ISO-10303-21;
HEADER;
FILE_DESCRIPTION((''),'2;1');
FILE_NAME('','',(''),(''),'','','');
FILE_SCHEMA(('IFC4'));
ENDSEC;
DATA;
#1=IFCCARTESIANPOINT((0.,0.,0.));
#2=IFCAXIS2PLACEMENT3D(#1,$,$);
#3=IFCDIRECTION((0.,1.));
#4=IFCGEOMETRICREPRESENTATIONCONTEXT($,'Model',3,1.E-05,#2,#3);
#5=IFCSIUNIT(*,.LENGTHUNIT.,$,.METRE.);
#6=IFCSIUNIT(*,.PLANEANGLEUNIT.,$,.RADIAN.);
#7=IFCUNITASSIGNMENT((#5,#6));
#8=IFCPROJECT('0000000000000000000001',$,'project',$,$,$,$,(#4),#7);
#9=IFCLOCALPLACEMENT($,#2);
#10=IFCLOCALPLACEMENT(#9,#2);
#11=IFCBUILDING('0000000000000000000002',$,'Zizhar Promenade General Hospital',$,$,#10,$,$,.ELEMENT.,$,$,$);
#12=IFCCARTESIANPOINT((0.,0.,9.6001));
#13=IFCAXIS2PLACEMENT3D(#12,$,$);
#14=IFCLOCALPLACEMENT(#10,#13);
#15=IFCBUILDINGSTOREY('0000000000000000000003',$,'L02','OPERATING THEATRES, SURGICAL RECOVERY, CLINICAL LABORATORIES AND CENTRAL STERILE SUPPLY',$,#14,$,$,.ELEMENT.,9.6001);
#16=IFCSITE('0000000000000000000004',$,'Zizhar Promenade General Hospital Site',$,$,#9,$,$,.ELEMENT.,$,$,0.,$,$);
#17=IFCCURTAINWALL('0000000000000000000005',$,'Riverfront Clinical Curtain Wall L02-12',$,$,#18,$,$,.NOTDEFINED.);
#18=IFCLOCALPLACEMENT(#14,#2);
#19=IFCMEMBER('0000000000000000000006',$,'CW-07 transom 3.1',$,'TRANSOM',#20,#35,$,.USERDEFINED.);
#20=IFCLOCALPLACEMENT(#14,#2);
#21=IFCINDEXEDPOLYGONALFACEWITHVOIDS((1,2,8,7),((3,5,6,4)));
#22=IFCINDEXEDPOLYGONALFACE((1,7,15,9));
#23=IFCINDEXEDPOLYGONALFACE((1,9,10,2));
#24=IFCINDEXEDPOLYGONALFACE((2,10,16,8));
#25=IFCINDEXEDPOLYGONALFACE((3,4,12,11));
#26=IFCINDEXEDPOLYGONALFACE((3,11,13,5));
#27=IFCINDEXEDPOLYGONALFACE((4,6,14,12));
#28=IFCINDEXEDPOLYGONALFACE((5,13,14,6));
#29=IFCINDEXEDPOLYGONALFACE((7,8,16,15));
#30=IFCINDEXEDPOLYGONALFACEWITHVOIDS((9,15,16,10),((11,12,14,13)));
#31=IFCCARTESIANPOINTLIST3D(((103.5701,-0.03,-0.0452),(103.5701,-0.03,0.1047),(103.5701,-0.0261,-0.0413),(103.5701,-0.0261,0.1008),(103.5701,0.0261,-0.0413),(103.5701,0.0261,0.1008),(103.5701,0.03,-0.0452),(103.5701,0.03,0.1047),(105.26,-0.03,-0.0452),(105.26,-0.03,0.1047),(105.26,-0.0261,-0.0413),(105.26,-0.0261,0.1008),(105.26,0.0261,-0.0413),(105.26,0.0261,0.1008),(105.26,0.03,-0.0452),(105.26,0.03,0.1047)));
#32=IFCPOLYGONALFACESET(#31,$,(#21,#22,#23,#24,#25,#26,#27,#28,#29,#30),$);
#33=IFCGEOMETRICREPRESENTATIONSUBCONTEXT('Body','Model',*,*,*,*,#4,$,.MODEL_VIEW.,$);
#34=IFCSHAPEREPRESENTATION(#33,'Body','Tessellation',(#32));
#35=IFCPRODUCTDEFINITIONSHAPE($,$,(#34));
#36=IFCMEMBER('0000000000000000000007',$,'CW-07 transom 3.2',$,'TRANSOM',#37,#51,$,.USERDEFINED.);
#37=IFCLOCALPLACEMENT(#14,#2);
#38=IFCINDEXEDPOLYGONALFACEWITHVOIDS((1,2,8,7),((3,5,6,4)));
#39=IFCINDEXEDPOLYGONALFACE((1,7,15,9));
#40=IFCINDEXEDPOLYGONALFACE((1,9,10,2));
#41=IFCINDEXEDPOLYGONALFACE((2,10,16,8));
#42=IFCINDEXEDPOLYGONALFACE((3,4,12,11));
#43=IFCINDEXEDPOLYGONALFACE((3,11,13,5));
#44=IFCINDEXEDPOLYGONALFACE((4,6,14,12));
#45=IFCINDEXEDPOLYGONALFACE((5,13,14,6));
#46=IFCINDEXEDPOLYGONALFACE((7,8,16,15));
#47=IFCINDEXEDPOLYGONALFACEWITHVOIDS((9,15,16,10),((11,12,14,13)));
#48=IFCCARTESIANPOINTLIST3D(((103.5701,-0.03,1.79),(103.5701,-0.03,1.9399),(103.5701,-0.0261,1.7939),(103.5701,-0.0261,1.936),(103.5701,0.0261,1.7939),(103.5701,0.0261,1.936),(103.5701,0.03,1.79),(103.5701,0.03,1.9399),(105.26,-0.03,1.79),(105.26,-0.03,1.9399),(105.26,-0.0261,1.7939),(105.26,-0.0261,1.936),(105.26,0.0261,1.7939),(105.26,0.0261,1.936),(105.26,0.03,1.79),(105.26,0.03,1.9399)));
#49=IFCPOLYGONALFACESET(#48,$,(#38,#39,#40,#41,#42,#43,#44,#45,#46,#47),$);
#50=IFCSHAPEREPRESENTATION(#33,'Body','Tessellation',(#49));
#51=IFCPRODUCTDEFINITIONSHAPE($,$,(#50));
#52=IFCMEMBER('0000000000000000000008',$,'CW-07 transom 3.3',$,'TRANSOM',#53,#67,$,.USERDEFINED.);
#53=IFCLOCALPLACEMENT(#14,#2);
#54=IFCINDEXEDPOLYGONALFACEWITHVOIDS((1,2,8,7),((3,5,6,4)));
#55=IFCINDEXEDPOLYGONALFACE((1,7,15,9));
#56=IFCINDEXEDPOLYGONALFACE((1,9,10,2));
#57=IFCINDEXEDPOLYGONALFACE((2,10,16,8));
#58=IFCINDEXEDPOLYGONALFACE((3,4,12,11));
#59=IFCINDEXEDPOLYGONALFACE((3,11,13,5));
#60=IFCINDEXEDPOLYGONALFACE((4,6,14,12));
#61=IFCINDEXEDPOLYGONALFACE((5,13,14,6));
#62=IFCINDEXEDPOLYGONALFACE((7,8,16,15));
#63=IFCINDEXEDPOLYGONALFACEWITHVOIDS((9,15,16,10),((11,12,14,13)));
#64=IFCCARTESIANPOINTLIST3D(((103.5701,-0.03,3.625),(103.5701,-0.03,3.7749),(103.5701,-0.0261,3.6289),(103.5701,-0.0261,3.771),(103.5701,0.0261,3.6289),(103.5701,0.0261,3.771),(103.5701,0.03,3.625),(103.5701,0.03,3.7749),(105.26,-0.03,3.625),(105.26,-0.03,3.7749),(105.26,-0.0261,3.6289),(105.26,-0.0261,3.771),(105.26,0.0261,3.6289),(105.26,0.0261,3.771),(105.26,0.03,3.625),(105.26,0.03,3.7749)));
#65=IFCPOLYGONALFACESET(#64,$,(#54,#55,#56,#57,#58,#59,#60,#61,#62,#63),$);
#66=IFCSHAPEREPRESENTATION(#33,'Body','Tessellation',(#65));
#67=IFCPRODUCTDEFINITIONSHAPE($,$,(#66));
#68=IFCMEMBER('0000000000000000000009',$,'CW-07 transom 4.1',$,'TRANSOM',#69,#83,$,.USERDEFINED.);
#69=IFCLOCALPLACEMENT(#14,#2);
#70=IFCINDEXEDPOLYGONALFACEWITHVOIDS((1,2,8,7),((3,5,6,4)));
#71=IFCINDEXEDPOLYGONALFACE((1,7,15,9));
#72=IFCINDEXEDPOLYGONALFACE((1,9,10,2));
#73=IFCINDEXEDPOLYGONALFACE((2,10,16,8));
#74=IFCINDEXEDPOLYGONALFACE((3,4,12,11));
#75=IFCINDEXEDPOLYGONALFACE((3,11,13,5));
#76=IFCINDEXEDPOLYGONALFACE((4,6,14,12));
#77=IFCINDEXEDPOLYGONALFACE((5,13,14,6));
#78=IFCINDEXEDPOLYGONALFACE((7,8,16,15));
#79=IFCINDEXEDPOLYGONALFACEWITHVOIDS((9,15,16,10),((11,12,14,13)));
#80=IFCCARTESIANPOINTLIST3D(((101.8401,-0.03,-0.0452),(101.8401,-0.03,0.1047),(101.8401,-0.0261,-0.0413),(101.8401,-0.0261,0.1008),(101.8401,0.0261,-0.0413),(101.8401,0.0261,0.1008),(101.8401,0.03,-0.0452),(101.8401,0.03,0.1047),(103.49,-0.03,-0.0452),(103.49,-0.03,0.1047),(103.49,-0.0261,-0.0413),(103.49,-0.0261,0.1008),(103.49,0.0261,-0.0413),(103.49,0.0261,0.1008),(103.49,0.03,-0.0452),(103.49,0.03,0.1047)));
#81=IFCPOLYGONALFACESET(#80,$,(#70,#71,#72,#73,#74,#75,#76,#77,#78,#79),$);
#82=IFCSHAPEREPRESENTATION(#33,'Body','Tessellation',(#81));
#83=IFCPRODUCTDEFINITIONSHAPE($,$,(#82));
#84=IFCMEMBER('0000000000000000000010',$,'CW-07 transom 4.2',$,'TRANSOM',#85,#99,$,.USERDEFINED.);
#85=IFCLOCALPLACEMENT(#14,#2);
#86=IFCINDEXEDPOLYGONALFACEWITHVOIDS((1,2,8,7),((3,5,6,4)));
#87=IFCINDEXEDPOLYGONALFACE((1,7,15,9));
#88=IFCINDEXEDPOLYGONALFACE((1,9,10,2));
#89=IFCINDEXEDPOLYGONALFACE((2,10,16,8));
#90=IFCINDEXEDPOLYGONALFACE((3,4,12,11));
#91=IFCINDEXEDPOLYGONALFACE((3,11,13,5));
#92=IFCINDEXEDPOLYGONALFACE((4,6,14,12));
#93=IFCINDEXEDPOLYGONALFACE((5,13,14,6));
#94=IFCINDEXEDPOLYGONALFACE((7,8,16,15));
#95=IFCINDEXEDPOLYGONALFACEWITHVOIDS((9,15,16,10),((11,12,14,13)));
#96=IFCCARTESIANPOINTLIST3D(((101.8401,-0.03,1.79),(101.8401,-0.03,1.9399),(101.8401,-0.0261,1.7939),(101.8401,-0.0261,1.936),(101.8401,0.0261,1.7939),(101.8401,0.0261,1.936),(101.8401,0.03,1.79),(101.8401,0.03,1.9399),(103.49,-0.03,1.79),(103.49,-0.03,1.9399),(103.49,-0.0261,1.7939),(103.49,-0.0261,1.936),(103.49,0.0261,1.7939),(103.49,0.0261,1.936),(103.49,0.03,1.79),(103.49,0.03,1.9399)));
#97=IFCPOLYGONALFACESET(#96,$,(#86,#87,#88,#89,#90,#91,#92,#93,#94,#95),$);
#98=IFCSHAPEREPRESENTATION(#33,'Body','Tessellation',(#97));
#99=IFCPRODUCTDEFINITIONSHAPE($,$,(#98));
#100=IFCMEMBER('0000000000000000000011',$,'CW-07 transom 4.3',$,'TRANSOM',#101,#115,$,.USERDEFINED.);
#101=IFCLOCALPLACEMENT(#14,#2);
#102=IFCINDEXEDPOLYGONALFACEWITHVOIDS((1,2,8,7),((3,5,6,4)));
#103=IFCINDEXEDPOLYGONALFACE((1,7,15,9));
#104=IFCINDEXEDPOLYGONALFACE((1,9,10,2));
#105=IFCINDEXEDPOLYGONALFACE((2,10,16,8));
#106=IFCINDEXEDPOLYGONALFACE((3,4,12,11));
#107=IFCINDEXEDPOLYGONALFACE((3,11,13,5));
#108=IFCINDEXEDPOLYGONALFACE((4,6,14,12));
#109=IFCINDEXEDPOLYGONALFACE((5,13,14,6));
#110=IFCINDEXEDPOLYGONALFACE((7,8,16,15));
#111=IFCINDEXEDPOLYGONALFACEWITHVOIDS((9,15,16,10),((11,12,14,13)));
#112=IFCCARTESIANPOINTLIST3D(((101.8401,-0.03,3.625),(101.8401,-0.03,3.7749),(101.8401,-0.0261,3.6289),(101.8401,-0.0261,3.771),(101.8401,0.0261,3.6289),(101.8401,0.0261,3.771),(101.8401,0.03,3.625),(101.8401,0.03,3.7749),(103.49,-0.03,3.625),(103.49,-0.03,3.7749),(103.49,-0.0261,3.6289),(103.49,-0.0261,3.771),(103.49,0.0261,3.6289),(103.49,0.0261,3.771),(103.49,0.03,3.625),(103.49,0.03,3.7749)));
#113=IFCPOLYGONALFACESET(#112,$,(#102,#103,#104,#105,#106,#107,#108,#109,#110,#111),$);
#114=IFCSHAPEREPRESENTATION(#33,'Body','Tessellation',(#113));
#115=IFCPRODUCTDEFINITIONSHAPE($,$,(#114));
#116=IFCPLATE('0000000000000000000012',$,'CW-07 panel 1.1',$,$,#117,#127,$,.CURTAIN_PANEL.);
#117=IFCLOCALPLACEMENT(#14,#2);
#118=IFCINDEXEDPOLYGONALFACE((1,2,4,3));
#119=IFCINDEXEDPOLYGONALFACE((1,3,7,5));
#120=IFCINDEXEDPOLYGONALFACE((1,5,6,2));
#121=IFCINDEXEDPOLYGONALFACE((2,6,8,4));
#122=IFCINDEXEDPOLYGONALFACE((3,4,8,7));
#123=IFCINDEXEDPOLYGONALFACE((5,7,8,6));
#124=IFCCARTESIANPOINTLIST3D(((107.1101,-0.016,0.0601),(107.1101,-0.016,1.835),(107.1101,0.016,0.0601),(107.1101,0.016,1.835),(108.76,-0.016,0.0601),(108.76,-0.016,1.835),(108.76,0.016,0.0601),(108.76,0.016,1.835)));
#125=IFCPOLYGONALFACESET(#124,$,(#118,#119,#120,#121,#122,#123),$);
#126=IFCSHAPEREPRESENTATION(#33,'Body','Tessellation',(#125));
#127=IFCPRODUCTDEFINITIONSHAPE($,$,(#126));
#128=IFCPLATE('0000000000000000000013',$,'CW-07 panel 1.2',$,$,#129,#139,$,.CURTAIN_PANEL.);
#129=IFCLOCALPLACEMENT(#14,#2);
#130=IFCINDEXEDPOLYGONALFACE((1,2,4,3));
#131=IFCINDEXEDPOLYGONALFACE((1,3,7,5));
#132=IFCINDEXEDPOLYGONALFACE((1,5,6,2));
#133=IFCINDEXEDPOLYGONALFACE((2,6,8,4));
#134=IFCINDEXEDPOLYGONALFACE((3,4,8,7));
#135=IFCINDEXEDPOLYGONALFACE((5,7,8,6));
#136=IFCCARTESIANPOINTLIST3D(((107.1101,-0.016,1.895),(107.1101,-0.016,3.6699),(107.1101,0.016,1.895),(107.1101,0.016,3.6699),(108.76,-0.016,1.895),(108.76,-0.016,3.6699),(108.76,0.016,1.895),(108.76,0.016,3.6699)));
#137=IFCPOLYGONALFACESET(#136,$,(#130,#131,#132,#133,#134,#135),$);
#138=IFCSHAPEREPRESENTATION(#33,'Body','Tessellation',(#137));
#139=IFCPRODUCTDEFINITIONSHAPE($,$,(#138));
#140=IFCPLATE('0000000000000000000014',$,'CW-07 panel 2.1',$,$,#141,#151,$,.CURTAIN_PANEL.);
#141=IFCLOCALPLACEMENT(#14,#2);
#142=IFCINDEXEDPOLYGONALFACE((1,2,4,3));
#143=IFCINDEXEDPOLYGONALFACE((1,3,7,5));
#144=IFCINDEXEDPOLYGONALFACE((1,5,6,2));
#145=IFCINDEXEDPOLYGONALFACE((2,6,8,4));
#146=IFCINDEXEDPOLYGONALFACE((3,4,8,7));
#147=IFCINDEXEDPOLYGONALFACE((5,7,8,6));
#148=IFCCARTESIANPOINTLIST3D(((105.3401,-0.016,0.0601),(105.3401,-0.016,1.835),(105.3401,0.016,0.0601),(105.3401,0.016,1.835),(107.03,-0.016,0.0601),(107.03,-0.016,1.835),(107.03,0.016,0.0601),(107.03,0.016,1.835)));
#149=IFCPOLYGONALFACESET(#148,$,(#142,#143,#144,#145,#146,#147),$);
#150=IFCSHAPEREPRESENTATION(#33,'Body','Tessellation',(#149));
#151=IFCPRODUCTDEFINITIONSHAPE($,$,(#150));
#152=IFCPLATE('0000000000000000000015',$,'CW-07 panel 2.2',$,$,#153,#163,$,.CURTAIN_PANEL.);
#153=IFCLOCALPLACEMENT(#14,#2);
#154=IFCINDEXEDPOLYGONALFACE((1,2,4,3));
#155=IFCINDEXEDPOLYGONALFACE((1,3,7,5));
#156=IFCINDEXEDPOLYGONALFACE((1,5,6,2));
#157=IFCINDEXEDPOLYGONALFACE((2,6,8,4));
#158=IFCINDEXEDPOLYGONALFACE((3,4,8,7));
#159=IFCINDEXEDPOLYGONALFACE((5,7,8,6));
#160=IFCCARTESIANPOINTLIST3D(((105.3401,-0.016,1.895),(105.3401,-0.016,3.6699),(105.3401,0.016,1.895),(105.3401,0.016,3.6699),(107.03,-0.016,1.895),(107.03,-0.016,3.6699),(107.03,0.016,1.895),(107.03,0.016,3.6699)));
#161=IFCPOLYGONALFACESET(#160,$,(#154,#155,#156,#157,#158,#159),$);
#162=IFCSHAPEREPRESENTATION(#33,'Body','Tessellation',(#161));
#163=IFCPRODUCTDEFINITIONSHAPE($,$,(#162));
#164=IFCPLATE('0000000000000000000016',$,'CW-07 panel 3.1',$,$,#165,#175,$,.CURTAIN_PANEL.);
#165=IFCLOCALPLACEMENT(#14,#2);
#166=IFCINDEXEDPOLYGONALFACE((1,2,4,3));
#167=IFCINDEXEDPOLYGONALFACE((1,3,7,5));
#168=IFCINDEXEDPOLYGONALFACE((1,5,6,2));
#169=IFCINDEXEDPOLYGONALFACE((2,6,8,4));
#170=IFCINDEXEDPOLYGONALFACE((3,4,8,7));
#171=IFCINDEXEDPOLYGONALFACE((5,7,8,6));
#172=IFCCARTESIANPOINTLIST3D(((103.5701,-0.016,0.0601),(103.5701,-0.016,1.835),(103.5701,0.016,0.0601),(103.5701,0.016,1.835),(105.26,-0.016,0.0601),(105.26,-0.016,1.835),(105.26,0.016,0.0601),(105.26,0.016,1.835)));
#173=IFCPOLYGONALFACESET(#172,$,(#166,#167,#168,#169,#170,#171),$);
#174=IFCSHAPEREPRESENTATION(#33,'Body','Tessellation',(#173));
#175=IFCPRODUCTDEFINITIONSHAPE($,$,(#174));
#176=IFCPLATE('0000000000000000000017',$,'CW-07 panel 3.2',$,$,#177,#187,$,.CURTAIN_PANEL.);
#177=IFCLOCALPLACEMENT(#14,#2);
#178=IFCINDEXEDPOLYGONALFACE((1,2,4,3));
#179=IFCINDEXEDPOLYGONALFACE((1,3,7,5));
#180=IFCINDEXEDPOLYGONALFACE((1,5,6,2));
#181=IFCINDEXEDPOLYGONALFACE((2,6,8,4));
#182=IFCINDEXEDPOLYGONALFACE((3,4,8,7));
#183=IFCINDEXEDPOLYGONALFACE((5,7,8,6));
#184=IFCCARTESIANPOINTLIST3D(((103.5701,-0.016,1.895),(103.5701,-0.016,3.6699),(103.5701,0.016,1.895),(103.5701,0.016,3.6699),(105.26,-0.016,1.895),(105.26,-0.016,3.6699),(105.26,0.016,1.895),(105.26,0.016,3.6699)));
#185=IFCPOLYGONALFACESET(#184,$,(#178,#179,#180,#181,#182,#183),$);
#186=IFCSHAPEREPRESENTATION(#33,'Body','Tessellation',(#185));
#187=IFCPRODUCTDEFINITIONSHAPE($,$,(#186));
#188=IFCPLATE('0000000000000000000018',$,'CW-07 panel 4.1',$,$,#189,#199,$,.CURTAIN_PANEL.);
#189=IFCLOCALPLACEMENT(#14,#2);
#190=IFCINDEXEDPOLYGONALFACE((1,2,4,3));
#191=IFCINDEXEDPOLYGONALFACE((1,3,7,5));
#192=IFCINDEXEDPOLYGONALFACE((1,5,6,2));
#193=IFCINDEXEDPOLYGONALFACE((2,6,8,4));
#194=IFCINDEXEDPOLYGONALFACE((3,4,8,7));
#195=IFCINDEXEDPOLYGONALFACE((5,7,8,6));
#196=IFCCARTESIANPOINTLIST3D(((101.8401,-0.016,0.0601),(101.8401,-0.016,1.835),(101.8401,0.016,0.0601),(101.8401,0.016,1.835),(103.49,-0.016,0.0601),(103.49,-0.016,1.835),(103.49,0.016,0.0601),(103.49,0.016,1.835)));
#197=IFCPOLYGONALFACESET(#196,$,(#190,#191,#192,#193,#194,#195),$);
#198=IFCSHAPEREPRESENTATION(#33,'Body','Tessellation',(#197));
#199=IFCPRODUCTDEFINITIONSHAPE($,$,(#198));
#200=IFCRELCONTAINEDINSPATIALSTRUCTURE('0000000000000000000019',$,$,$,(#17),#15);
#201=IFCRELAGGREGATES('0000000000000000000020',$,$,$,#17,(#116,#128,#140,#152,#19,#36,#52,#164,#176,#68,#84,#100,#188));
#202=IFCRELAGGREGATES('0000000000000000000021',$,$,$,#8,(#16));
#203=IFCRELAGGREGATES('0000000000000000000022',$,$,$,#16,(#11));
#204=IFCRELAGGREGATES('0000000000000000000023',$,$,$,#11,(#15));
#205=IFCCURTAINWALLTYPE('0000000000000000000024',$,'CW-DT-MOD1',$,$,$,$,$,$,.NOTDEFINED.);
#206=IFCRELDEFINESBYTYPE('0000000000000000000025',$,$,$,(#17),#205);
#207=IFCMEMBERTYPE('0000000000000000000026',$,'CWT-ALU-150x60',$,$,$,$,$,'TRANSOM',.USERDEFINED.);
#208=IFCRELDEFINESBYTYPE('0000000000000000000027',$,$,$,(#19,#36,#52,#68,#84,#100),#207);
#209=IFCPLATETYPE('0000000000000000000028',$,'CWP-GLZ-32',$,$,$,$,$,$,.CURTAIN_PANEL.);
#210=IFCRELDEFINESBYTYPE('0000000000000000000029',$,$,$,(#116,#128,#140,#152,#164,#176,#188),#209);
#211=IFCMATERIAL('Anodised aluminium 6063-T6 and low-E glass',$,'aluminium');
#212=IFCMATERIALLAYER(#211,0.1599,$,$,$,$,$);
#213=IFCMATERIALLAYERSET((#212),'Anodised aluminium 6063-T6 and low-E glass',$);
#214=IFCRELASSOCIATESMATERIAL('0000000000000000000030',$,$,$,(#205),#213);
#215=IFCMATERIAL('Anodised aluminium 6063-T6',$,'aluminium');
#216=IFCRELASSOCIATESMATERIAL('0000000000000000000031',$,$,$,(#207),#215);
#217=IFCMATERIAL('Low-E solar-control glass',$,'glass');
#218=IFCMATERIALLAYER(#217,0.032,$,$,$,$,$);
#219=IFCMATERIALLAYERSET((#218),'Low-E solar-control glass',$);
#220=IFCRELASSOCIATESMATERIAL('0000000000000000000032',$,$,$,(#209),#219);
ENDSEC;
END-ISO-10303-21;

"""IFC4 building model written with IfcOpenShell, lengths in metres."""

from ifc_helpers import new_model, si_unit, direction, frame, origin, origin_2d, place, context, subcontext, project, spatial, rectangle, hollow_rectangle, extrude, material, layer, layer_set, material_profile, profile_set, type_object, element, aggregate, save


model = new_model("IFC4")

# Units and contexts
model_context = context("Model", 3, precision=1e-05, world=origin(), true_north=direction((0.0, 1.0)))
body_context = subcontext(model_context, "Body", "Model", "MODEL_VIEW")
ifc_project = project(units=[si_unit("LENGTHUNIT", "METRE"), si_unit("PLANEANGLEUNIT", "RADIAN")], contexts=[model_context])

# Site, building, storey
site_placement = place(None, origin())
site = spatial("IfcSite", under=ifc_project, at=site_placement, Name="Zizhar Promenade General Hospital Site", CompositionType="ELEMENT", RefElevation=0.0)
building_placement = place(site_placement, origin())
building = spatial("IfcBuilding", under=site, at=building_placement, Name="Zizhar Promenade General Hospital", CompositionType="ELEMENT")
storey_placement = place(building_placement, frame((0.0, 0.0, 9.6001)))
storey = spatial("IfcBuildingStorey", under=building, at=storey_placement, Name="L02", Description="OPERATING THEATRES, SURGICAL RECOVERY, CLINICAL LABORATORIES AND CENTRAL STERILE SUPPLY", CompositionType="ELEMENT", Elevation=9.6001)

# Curtain wall, members, plates
ifc_material_1 = material(Name="Anodised aluminium 6063-T6 and low-E glass", Category="aluminium")
ifc_layer_1 = layer(ifc_material_1, 0.1599)
ifc_layer_set_1 = layer_set([ifc_layer_1], Name="Anodised aluminium 6063-T6 and low-E glass")
curtain_wall_type = type_object("IfcCurtainWallType", Name="CW-DT-MOD1", PredefinedType="NOTDEFINED", material=ifc_layer_set_1)
curtain_wall_placement = place(storey_placement, origin())
curtain_wall = element("IfcCurtainWall", 1, at=curtain_wall_placement, inside=storey, type_object=curtain_wall_type, Name="Riverfront Clinical Curtain Wall L02-12", PredefinedType="NOTDEFINED")
ifc_material_2 = material(Name="Anodised aluminium 6063-T6", Category="aluminium")
ifc_material_profile_1 = material_profile(ifc_material_2, hollow_rectangle(XDim=0.0601, YDim=0.1499, WallThickness=0.0039, at=origin_2d()))
ifc_profile_set_1 = profile_set([ifc_material_profile_1], Name="Anodised aluminium 6063-T6")
member_type_1 = type_object("IfcMemberType", Name="CWT-ALU-150x60", ElementType="TRANSOM", PredefinedType="USERDEFINED", material=ifc_profile_set_1)
member_1_placement = place(storey_placement, frame((105.26, 0.0, 0.0298), z_axis=(-1.0, 0.0, 0.0), x_axis=(0.0, -1.0, 0.0)))
member_1 = element("IfcMember", 2, at=member_1_placement, type_object=member_type_1, Name="CW-07 transom 3.1", ObjectType="TRANSOM", PredefinedType="USERDEFINED", context=body_context, shape_type="SweptSolid", body=[
    extrude(hollow_rectangle(XDim=0.0601, YDim=0.1499, WallThickness=0.0039, at=origin_2d()), origin(), (0.0, 0.0, 1.0), 1.6899),
])
member_2_placement = place(storey_placement, frame((105.26, 0.0, 1.865), z_axis=(-1.0, 0.0, 0.0), x_axis=(0.0, -1.0, 0.0)))
member_2 = element("IfcMember", 3, at=member_2_placement, type_object=member_type_1, Name="CW-07 transom 3.2", ObjectType="TRANSOM", PredefinedType="USERDEFINED", context=body_context, shape_type="SweptSolid", body=[
    extrude(hollow_rectangle(XDim=0.0601, YDim=0.1499, WallThickness=0.0039, at=origin_2d()), origin(), (0.0, 0.0, 1.0), 1.6899),
])
member_3_placement = place(storey_placement, frame((105.26, 0.0, 3.7), z_axis=(-1.0, 0.0, 0.0), x_axis=(0.0, -1.0, 0.0)))
member_3 = element("IfcMember", 4, at=member_3_placement, type_object=member_type_1, Name="CW-07 transom 3.3", ObjectType="TRANSOM", PredefinedType="USERDEFINED", context=body_context, shape_type="SweptSolid", body=[
    extrude(hollow_rectangle(XDim=0.0601, YDim=0.1499, WallThickness=0.0039, at=origin_2d()), origin(), (0.0, 0.0, 1.0), 1.6899),
])
member_4_placement = place(storey_placement, frame((103.49, 0.0, 0.0298), z_axis=(-1.0, 0.0, 0.0), x_axis=(0.0, -1.0, 0.0)))
member_4 = element("IfcMember", 5, at=member_4_placement, type_object=member_type_1, Name="CW-07 transom 4.1", ObjectType="TRANSOM", PredefinedType="USERDEFINED", context=body_context, shape_type="SweptSolid", body=[
    extrude(hollow_rectangle(XDim=0.0601, YDim=0.1499, WallThickness=0.0039, at=origin_2d()), origin(), (0.0, 0.0, 1.0), 1.6499),
])
member_5_placement = place(storey_placement, frame((103.49, 0.0, 1.865), z_axis=(-1.0, 0.0, 0.0), x_axis=(0.0, -1.0, 0.0)))
member_5 = element("IfcMember", 6, at=member_5_placement, type_object=member_type_1, Name="CW-07 transom 4.2", ObjectType="TRANSOM", PredefinedType="USERDEFINED", context=body_context, shape_type="SweptSolid", body=[
    extrude(hollow_rectangle(XDim=0.0601, YDim=0.1499, WallThickness=0.0039, at=origin_2d()), origin(), (0.0, 0.0, 1.0), 1.6499),
])
member_6_placement = place(storey_placement, frame((103.49, 0.0, 3.7), z_axis=(-1.0, 0.0, 0.0), x_axis=(0.0, -1.0, 0.0)))
member_6 = element("IfcMember", 7, at=member_6_placement, type_object=member_type_1, Name="CW-07 transom 4.3", ObjectType="TRANSOM", PredefinedType="USERDEFINED", context=body_context, shape_type="SweptSolid", body=[
    extrude(hollow_rectangle(XDim=0.0601, YDim=0.1499, WallThickness=0.0039, at=origin_2d()), origin(), (0.0, 0.0, 1.0), 1.6499),
])
ifc_material_3 = material(Name="Low-E solar-control glass", Category="glass")
ifc_layer_2 = layer(ifc_material_3, 0.032)
ifc_layer_set_2 = layer_set([ifc_layer_2], Name="Low-E solar-control glass")
plate_type = type_object("IfcPlateType", Name="CWP-GLZ-32", PredefinedType="CURTAIN_PANEL", material=ifc_layer_set_2)
plate_1_placement = place(storey_placement, frame((107.9351, 0.0, 0.0601), z_axis=(0.0, 0.0, 1.0), x_axis=(-1.0, 0.0, 0.0)))
plate_1 = element("IfcPlate", 8, at=plate_1_placement, type_object=plate_type, Name="CW-07 panel 1.1", PredefinedType="CURTAIN_PANEL", context=body_context, shape_type="SweptSolid", body=[
    extrude(rectangle(XDim=1.6499, YDim=0.032, at=origin_2d()), origin(), (0.0, 0.0, 1.0), 1.7749),
])
plate_2_placement = place(storey_placement, frame((107.9351, 0.0, 1.895), z_axis=(0.0, 0.0, 1.0), x_axis=(-1.0, 0.0, 0.0)))
plate_2 = element("IfcPlate", 9, at=plate_2_placement, type_object=plate_type, Name="CW-07 panel 1.2", PredefinedType="CURTAIN_PANEL", context=body_context, shape_type="SweptSolid", body=[
    extrude(rectangle(XDim=1.6499, YDim=0.032, at=origin_2d()), origin(), (0.0, 0.0, 1.0), 1.7749),
])
plate_3_placement = place(storey_placement, frame((106.1851, 0.0, 0.0601), z_axis=(0.0, 0.0, 1.0), x_axis=(-1.0, 0.0, 0.0)))
plate_3 = element("IfcPlate", 10, at=plate_3_placement, type_object=plate_type, Name="CW-07 panel 2.1", PredefinedType="CURTAIN_PANEL", context=body_context, shape_type="SweptSolid", body=[
    extrude(rectangle(XDim=1.6899, YDim=0.032, at=origin_2d()), origin(), (0.0, 0.0, 1.0), 1.7749),
])
plate_4_placement = place(storey_placement, frame((106.1851, 0.0, 1.895), z_axis=(0.0, 0.0, 1.0), x_axis=(-1.0, 0.0, 0.0)))
plate_4 = element("IfcPlate", 11, at=plate_4_placement, type_object=plate_type, Name="CW-07 panel 2.2", PredefinedType="CURTAIN_PANEL", context=body_context, shape_type="SweptSolid", body=[
    extrude(rectangle(XDim=1.6899, YDim=0.032, at=origin_2d()), origin(), (0.0, 0.0, 1.0), 1.7749),
])
plate_5_placement = place(storey_placement, frame((104.415, 0.0, 0.0601), z_axis=(0.0, 0.0, 1.0), x_axis=(-1.0, 0.0, 0.0)))
plate_5 = element("IfcPlate", 12, at=plate_5_placement, type_object=plate_type, Name="CW-07 panel 3.1", PredefinedType="CURTAIN_PANEL", context=body_context, shape_type="SweptSolid", body=[
    extrude(rectangle(XDim=1.6899, YDim=0.032, at=origin_2d()), origin(), (0.0, 0.0, 1.0), 1.7749),
])
plate_6_placement = place(storey_placement, frame((104.415, 0.0, 1.895), z_axis=(0.0, 0.0, 1.0), x_axis=(-1.0, 0.0, 0.0)))
plate_6 = element("IfcPlate", 13, at=plate_6_placement, type_object=plate_type, Name="CW-07 panel 3.2", PredefinedType="CURTAIN_PANEL", context=body_context, shape_type="SweptSolid", body=[
    extrude(rectangle(XDim=1.6899, YDim=0.032, at=origin_2d()), origin(), (0.0, 0.0, 1.0), 1.7749),
])
plate_7_placement = place(storey_placement, frame((102.665, 0.0, 0.0601), z_axis=(0.0, 0.0, 1.0), x_axis=(-1.0, 0.0, 0.0)))
plate_7 = element("IfcPlate", 14, at=plate_7_placement, type_object=plate_type, Name="CW-07 panel 4.1", PredefinedType="CURTAIN_PANEL", context=body_context, shape_type="SweptSolid", body=[
    extrude(rectangle(XDim=1.6499, YDim=0.032, at=origin_2d()), origin(), (0.0, 0.0, 1.0), 1.7749),
])
aggregate(curtain_wall, [plate_1, plate_2, plate_3, plate_4, member_1, member_2, member_3, plate_5, plate_6, member_4, member_5, member_6, plate_7])

save(model, "model.ifc")
